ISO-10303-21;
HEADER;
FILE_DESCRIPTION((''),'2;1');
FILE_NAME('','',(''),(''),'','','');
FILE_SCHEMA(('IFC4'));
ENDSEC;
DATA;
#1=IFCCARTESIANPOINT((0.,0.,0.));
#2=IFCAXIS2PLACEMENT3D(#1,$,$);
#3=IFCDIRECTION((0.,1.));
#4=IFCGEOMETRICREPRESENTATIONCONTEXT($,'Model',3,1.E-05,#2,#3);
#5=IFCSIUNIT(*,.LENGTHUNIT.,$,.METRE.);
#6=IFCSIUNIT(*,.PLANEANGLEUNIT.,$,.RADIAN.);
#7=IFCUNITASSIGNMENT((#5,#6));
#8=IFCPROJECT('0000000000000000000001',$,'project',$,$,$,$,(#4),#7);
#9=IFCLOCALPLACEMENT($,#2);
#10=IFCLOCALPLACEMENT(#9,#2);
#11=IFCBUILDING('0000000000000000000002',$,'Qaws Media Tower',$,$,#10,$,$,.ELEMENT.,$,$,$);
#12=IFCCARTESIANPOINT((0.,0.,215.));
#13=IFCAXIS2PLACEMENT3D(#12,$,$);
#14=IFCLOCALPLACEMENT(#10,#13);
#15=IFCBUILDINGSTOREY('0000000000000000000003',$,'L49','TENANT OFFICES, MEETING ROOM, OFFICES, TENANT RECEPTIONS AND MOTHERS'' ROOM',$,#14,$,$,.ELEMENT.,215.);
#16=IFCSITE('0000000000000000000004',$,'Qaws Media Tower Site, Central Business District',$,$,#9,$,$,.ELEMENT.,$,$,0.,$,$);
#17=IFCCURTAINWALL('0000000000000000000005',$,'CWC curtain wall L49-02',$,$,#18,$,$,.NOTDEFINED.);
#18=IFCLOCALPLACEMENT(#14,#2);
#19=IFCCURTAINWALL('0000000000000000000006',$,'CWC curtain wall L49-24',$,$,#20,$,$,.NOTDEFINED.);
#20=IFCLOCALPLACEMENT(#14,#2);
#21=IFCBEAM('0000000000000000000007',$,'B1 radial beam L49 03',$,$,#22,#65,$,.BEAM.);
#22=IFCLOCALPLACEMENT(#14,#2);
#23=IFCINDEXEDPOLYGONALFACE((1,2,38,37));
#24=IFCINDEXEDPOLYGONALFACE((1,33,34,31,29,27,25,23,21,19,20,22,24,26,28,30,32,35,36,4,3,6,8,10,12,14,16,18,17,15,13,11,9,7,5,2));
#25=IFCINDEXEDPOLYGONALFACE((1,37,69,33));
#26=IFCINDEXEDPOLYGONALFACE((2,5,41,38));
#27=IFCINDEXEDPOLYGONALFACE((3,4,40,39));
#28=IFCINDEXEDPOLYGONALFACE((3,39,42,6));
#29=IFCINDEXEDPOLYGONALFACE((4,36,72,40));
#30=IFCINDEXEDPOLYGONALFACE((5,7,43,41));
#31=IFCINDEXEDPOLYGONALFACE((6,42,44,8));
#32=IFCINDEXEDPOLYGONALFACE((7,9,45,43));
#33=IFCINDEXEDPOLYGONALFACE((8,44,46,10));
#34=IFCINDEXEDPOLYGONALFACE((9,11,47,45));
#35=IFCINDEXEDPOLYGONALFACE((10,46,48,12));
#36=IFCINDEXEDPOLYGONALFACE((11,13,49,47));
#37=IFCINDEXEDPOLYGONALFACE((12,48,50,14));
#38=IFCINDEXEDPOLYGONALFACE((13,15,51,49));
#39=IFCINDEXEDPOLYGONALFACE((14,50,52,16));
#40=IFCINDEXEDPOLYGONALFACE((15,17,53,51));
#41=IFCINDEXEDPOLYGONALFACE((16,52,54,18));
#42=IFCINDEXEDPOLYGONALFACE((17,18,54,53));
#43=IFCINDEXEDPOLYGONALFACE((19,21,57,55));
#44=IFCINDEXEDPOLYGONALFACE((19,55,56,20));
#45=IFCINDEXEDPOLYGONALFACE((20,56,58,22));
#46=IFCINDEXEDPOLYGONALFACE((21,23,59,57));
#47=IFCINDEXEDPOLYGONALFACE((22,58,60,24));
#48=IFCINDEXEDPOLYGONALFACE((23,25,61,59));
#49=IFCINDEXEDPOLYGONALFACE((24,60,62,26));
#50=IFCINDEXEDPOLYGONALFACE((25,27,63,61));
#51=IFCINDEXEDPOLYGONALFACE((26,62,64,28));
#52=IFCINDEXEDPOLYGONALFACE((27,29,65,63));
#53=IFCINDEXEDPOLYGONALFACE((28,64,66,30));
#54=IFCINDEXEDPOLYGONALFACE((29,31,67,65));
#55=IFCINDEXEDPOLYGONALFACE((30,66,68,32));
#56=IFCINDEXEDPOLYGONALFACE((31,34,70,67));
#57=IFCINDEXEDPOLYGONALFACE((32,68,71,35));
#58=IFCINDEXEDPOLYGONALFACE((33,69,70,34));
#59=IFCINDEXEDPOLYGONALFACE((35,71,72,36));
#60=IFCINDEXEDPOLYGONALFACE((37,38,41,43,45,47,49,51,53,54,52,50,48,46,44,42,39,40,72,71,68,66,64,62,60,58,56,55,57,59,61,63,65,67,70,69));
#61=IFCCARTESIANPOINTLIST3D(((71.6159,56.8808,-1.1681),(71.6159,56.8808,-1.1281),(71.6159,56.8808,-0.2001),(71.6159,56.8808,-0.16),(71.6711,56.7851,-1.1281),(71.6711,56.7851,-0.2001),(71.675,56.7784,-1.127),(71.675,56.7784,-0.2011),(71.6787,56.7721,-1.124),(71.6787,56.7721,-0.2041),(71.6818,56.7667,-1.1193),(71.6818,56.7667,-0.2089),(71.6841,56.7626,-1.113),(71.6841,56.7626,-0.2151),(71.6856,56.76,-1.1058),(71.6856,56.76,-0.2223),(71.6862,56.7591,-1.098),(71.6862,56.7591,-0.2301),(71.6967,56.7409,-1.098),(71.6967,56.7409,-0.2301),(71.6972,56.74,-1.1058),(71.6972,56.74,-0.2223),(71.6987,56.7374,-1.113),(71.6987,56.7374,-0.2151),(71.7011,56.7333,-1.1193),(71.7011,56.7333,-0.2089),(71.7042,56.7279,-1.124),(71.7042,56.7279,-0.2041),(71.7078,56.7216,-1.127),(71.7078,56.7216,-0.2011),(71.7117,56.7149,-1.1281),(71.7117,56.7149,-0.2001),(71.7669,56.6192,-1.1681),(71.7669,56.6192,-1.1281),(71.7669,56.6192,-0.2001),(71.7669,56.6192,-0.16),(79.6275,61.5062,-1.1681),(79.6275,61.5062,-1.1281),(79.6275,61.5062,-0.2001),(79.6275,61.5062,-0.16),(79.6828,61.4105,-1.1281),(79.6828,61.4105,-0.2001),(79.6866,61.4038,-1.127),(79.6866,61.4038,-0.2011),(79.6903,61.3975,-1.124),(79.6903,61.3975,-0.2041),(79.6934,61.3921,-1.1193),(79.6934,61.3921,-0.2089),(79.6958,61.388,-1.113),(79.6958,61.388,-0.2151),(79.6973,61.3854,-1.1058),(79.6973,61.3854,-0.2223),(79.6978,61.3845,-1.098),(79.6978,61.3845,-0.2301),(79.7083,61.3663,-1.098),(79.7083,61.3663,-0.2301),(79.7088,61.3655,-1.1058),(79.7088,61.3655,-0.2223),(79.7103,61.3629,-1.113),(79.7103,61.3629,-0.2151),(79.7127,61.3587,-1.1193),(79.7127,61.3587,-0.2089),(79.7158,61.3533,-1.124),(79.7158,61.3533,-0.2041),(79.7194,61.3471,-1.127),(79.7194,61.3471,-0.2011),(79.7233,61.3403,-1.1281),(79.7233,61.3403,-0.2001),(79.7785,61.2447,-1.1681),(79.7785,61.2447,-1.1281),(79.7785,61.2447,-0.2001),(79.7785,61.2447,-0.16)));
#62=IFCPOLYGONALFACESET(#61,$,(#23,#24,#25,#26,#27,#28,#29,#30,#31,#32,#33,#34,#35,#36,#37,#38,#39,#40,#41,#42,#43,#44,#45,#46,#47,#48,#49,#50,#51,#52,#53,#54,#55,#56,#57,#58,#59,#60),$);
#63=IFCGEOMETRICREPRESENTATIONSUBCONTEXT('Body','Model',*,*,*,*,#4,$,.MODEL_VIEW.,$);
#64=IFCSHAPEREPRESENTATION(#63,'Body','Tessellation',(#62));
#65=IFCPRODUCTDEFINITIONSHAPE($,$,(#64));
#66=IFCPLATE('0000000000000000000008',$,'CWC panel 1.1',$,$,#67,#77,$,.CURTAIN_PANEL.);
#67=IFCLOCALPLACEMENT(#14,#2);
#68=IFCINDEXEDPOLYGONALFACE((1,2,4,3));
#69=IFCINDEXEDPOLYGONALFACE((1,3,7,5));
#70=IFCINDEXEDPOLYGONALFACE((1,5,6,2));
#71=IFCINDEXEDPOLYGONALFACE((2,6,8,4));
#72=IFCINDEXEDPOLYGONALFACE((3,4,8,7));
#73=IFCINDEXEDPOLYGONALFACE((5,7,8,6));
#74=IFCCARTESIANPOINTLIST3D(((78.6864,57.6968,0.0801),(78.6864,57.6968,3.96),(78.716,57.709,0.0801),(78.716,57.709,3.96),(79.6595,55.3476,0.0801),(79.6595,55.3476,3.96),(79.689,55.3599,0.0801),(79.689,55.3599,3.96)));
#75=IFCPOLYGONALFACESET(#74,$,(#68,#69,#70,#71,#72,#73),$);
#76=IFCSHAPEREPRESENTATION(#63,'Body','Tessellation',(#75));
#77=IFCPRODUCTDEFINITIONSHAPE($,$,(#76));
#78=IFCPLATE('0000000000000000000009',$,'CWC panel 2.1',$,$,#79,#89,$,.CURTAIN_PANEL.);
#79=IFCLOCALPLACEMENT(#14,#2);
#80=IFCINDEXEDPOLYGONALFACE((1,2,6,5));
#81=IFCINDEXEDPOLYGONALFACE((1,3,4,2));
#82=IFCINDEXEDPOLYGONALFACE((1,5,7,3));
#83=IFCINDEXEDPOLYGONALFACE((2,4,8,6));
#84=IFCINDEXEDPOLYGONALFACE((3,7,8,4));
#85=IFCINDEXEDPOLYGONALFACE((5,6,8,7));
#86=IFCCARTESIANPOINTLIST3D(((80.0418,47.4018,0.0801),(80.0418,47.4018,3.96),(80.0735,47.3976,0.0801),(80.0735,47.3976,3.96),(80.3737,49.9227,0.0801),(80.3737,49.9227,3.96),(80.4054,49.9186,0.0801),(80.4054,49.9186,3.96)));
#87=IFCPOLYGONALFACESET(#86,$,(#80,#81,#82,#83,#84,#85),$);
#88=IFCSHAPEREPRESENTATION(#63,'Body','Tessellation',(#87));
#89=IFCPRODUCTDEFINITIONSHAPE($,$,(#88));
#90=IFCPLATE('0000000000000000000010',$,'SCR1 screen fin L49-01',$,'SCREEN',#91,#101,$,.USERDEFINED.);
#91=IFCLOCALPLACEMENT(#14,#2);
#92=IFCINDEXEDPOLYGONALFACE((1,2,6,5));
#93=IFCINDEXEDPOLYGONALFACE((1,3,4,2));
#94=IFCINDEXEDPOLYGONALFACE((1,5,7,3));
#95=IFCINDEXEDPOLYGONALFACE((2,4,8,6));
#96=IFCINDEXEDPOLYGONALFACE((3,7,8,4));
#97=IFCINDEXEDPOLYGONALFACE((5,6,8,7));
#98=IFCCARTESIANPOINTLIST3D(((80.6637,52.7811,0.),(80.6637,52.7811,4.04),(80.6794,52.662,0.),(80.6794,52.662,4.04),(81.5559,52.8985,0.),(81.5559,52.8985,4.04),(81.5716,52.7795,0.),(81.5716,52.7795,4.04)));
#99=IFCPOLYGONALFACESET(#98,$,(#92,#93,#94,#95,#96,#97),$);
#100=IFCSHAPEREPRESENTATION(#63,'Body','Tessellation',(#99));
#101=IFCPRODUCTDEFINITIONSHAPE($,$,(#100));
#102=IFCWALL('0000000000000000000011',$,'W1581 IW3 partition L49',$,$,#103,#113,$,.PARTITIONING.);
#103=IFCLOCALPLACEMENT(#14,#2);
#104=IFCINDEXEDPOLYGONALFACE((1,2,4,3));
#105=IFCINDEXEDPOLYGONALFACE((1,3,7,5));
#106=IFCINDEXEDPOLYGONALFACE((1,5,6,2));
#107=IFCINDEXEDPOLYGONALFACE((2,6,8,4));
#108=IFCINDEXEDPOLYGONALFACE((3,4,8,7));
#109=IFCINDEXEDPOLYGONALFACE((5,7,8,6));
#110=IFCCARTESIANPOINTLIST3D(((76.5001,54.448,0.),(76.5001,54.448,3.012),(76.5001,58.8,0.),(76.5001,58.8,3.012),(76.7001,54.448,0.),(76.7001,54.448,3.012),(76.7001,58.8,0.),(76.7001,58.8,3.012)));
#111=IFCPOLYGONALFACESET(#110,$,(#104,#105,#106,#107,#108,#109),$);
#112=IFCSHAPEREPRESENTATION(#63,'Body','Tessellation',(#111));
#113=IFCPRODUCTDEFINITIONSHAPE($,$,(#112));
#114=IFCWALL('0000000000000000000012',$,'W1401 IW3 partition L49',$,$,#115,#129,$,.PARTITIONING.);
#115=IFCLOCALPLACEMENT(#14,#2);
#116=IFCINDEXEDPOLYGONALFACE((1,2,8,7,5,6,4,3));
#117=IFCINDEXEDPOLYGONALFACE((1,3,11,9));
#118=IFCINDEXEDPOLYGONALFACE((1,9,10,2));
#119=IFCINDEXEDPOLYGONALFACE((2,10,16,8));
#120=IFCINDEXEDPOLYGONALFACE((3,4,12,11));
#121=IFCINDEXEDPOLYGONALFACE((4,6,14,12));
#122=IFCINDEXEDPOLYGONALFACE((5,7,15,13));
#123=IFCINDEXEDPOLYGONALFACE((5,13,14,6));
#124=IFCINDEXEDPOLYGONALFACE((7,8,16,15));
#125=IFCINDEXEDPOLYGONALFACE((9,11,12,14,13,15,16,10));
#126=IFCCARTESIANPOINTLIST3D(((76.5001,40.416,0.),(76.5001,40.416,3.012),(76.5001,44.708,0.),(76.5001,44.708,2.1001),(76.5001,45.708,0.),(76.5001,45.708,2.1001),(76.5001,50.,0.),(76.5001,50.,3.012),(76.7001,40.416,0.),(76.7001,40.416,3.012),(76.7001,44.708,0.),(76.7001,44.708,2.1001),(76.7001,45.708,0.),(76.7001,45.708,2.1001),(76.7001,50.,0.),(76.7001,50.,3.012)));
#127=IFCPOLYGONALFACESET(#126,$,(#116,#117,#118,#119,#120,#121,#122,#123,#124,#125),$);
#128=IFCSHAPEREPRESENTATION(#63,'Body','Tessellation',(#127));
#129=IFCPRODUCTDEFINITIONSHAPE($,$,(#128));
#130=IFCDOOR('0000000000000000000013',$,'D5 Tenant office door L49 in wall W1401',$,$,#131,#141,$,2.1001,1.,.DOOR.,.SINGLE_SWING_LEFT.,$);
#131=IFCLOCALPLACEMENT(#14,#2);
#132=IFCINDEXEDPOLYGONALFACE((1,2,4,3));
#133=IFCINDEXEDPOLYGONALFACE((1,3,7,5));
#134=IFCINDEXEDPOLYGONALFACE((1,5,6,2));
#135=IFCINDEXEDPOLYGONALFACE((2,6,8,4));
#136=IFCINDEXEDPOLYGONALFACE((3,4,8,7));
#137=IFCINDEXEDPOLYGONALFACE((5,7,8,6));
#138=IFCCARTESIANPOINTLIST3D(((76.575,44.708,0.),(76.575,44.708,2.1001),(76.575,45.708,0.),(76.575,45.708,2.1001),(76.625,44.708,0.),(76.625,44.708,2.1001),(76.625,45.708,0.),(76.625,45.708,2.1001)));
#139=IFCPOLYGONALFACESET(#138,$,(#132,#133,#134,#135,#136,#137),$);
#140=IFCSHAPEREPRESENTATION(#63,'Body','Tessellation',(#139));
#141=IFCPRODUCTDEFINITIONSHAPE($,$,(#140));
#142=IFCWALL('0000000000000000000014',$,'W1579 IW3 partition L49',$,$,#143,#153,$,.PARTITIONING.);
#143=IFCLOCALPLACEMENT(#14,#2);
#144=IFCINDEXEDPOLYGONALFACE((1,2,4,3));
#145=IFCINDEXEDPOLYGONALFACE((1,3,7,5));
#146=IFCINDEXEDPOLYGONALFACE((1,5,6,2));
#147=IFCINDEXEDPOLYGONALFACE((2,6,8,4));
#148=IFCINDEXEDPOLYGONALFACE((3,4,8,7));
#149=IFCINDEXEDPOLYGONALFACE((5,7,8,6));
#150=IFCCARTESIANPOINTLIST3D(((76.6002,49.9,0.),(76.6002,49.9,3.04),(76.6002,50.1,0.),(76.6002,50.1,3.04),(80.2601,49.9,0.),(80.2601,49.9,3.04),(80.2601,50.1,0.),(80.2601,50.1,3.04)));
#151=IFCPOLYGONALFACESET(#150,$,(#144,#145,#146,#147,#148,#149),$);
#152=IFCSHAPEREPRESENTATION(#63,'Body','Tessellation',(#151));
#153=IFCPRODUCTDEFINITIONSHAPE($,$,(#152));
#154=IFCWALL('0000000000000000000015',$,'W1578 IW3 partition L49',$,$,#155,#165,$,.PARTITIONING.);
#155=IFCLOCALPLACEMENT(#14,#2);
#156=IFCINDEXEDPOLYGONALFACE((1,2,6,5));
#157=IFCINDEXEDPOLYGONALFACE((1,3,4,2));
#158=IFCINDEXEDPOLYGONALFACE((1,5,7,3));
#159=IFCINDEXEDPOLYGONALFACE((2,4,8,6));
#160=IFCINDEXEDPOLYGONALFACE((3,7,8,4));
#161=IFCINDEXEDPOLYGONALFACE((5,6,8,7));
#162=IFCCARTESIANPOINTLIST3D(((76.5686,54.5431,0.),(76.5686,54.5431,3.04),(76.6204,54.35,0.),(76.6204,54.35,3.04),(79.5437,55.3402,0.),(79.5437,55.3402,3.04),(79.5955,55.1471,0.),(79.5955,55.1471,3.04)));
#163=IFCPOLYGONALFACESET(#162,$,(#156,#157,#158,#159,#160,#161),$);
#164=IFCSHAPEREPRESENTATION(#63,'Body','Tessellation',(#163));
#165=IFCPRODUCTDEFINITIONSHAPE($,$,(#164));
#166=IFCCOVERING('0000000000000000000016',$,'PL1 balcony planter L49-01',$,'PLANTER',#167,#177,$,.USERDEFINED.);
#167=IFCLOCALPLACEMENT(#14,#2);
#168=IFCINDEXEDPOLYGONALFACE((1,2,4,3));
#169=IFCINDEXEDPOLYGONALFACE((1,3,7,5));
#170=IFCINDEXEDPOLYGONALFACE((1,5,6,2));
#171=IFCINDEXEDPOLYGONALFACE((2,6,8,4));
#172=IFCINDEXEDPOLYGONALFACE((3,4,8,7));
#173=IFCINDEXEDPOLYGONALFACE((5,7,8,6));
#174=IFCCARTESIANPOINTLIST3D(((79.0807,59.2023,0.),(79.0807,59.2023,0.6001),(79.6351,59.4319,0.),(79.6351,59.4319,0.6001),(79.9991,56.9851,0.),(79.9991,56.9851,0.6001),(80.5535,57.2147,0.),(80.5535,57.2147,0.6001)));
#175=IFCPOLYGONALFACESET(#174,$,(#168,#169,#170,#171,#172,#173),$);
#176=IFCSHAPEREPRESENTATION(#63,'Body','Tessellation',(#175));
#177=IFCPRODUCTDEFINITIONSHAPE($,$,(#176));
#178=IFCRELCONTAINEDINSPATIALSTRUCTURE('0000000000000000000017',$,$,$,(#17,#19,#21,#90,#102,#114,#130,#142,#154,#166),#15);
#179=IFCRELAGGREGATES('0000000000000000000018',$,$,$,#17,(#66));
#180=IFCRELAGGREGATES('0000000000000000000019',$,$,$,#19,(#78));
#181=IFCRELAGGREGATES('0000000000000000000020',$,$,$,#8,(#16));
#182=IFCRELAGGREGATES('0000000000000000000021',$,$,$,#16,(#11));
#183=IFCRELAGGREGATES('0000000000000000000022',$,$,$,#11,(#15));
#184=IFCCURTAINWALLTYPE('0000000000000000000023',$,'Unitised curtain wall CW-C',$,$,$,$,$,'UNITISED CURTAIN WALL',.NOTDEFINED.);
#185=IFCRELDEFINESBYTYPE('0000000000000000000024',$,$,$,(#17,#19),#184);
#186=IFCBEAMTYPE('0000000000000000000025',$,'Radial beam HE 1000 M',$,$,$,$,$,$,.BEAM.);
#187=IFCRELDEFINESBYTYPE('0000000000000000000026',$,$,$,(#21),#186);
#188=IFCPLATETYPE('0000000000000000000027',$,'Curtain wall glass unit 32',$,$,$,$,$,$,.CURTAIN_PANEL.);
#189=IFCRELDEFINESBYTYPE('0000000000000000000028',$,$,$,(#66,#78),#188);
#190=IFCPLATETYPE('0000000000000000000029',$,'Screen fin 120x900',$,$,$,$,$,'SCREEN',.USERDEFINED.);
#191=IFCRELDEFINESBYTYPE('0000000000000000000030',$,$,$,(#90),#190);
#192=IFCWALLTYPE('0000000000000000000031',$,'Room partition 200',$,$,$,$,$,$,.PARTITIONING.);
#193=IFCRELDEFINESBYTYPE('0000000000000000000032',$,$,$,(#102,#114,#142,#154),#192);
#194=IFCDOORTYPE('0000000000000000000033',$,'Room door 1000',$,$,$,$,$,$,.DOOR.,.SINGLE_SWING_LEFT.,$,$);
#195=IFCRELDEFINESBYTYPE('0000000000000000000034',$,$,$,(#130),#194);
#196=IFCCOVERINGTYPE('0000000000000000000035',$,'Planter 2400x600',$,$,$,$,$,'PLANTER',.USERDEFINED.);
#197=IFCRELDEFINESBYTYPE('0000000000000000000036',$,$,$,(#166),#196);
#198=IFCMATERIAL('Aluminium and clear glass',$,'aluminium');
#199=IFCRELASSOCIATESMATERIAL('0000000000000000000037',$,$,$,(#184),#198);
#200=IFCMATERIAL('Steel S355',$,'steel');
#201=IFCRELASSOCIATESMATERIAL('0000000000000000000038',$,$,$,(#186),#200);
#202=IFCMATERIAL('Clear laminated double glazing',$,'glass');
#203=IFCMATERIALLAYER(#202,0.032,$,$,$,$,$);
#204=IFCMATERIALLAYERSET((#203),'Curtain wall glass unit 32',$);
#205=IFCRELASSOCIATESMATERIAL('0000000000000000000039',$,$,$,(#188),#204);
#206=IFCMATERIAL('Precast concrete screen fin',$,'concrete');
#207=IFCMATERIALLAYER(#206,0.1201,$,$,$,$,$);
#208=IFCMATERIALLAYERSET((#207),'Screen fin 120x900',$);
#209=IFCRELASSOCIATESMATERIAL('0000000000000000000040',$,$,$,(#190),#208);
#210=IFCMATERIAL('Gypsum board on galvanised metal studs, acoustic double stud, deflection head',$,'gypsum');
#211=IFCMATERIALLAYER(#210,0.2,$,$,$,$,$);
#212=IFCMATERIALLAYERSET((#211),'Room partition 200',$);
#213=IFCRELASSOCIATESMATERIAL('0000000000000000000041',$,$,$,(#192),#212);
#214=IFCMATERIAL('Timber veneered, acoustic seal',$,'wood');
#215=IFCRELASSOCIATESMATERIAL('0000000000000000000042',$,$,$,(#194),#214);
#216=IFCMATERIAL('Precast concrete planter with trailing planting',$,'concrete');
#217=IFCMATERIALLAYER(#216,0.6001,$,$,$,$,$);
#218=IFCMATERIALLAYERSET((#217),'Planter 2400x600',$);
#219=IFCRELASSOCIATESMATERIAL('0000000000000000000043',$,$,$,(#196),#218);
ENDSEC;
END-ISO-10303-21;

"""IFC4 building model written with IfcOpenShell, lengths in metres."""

from ifc_helpers import new_model, si_unit, direction, frame, frame_2d, origin, origin_2d, place, context, subcontext, project, spatial, rectangle, i_section, extrude, material, layer, layer_set, material_profile, profile_set, type_object, element, fill, aggregate, save


model = new_model("IFC4")

# Units and contexts
model_context = context("Model", 3, precision=1e-05, world=origin(), true_north=direction((0.0, 1.0)))
body_context = subcontext(model_context, "Body", "Model", "MODEL_VIEW")
ifc_project = project(units=[si_unit("LENGTHUNIT", "METRE"), si_unit("PLANEANGLEUNIT", "RADIAN")], contexts=[model_context])

# Site, building, storey
site_placement = place(None, origin())
site = spatial("IfcSite", under=ifc_project, at=site_placement, Name="Qaws Media Tower Site, Central Business District", CompositionType="ELEMENT", RefElevation=0.0)
building_placement = place(site_placement, origin())
building = spatial("IfcBuilding", under=site, at=building_placement, Name="Qaws Media Tower", CompositionType="ELEMENT")
storey_placement = place(building_placement, frame((0.0, 0.0, 215.0)))
storey = spatial("IfcBuildingStorey", under=building, at=storey_placement, Name="L49", Description="TENANT OFFICES, MEETING ROOM, OFFICES, TENANT RECEPTIONS AND MOTHERS' ROOM", CompositionType="ELEMENT", Elevation=215.0)

# Curtain wall
ifc_material_1 = material(Name="Aluminium and clear glass", Category="aluminium")
curtain_wall_type = type_object("IfcCurtainWallType", Name="Unitised curtain wall CW-C", ElementType="UNITISED CURTAIN WALL", PredefinedType="NOTDEFINED", material=ifc_material_1)
curtain_wall_1_placement = place(storey_placement, origin())
curtain_wall_1 = element("IfcCurtainWall", 1, at=curtain_wall_1_placement, inside=storey, type_object=curtain_wall_type, Name="CWC curtain wall L49-02", PredefinedType="NOTDEFINED")

# Curtain wall
curtain_wall_2_placement = place(storey_placement, origin())
curtain_wall_2 = element("IfcCurtainWall", 2, at=curtain_wall_2_placement, inside=storey, type_object=curtain_wall_type, Name="CWC curtain wall L49-24", PredefinedType="NOTDEFINED")

# Beam
ifc_material_2 = material(Name="Steel S355", Category="steel")
ifc_material_profile_1 = material_profile(ifc_material_2, i_section(OverallWidth=0.302, OverallDepth=1.0081, WebThickness=0.021, FlangeThickness=0.04, FilletRadius=0.03, at=origin_2d()), Name="HE 1000 M")
ifc_profile_set_1 = profile_set([ifc_material_profile_1], Name="Steel S355")
beam_type_1 = type_object("IfcBeamType", Name="Radial beam HE 1000 M", PredefinedType="BEAM", material=ifc_profile_set_1)
beam_1_placement = place(storey_placement, frame((71.6914, 56.75, -0.6641), z_axis=(0.866029, 0.499994, 0.0), x_axis=(-0.499994, 0.866029, 0.0)))
element("IfcBeam", 3, at=beam_1_placement, inside=storey, type_object=beam_type_1, Name="B1 radial beam L49 03", PredefinedType="BEAM", context=body_context, shape_type="SweptSolid", body=[
    extrude(i_section(OverallWidth=0.302, OverallDepth=1.0081, WebThickness=0.021, FlangeThickness=0.04, FilletRadius=0.03, at=origin_2d()), origin(), (0.0, 0.0, 1.0), 9.251),
])

# Plates
ifc_material_3 = material(Name="Clear laminated double glazing", Category="glass")
ifc_layer_1 = layer(ifc_material_3, 0.032)
ifc_layer_set_1 = layer_set([ifc_layer_1], Name="Curtain wall glass unit 32")
plate_type_1 = type_object("IfcPlateType", Name="Curtain wall glass unit 32", PredefinedType="CURTAIN_PANEL", material=ifc_layer_set_1)
plate_1_placement = place(storey_placement, frame((79.1877, 56.5283, 0.0801), z_axis=(0.0, 0.0, 1.0), x_axis=(-0.382684, 0.923879, 0.0)))
plate_1 = element("IfcPlate", 4, at=plate_1_placement, type_object=plate_type_1, Name="CWC panel 1.1", PredefinedType="CURTAIN_PANEL", context=body_context, shape_type="SweptSolid", body=[
    extrude(rectangle(XDim=2.5427, YDim=0.032, at=origin_2d()), origin(), (0.0, 0.0, 1.0), 3.8799),
])
aggregate(curtain_wall_1, [plate_1])
plate_2_placement = place(storey_placement, frame((80.2236, 48.6602, 0.0801), z_axis=(0.0, 0.0, 1.0), x_axis=(0.130526, 0.991445, 0.0)))
plate_2 = element("IfcPlate", 5, at=plate_2_placement, type_object=plate_type_1, Name="CWC panel 2.1", PredefinedType="CURTAIN_PANEL", context=body_context, shape_type="SweptSolid", body=[
    extrude(rectangle(XDim=2.5427, YDim=0.032, at=origin_2d()), origin(), (0.0, 0.0, 1.0), 3.8799),
])
aggregate(curtain_wall_2, [plate_2])
ifc_material_4 = material(Name="Precast concrete screen fin", Category="concrete")
ifc_layer_2 = layer(ifc_material_4, 0.1201)
ifc_layer_set_2 = layer_set([ifc_layer_2], Name="Screen fin 120x900")
plate_type_2 = type_object("IfcPlateType", Name="Screen fin 120x900", ElementType="SCREEN", PredefinedType="USERDEFINED", material=ifc_layer_set_2)
plate_3_placement = place(storey_placement, frame((81.1177, 52.7803, 0.0), z_axis=(0.0, 0.0, 1.0), x_axis=(0.991445, 0.130526, 0.0)))
element("IfcPlate", 6, at=plate_3_placement, inside=storey, type_object=plate_type_2, Name="SCR1 screen fin L49-01", ObjectType="SCREEN", PredefinedType="USERDEFINED", context=body_context, shape_type="SweptSolid", body=[
    extrude(rectangle(XDim=0.8999, YDim=0.1201, at=origin_2d()), origin(), (0.0, 0.0, 1.0), 4.04),
])

# Wall
ifc_material_5 = material(Name="Gypsum board on galvanised metal studs, acoustic double stud, deflection head", Category="gypsum")
ifc_layer_3 = layer(ifc_material_5, 0.2)
ifc_layer_set_3 = layer_set([ifc_layer_3], Name="Room partition 200")
wall_type_1 = type_object("IfcWallType", Name="Room partition 200", PredefinedType="PARTITIONING", material=ifc_layer_set_3)
wall_1_placement = place(storey_placement, frame((76.6001, 58.8, 0.0), z_axis=(0.0, 0.0, 1.0), x_axis=(0.0, -1.0, 0.0)))
element("IfcWall", 7, at=wall_1_placement, inside=storey, type_object=wall_type_1, Name="W1581 IW3 partition L49", PredefinedType="PARTITIONING", context=body_context, shape_type="SweptSolid", body=[
    extrude(rectangle(XDim=4.3521, YDim=0.2, at=frame_2d((2.176, 0.0))), origin(), (0.0, 0.0, 1.0), 3.012),
])

# Wall, opening, door
wall_2_placement = place(storey_placement, frame((76.6001, 50.0, 0.0), z_axis=(0.0, 0.0, 1.0), x_axis=(0.0, -1.0, 0.0)))
wall_2 = element("IfcWall", 8, at=wall_2_placement, inside=storey, type_object=wall_type_1, Name="W1401 IW3 partition L49", PredefinedType="PARTITIONING", context=body_context, shape_type="SweptSolid", body=[
    extrude(rectangle(XDim=9.584, YDim=0.2, at=frame_2d((4.792, 0.0))), origin(), (0.0, 0.0, 1.0), 3.012),
])
opening_1_placement = place(wall_2_placement, frame((4.292, 0.0, 0.0)))
opening_1 = element("IfcOpeningElement", 9, at=opening_1_placement, cuts=wall_2, PredefinedType="OPENING", context=body_context, shape_type="SweptSolid", body=[
    extrude(rectangle(XDim=1.0, YDim=2.1001, at=frame_2d((0.5, 1.05))), frame((0.0, 0.1099, 0.0), z_axis=(0.0, -1.0, 0.0), x_axis=(1.0, 0.0, 0.0)), (0.0, 0.0, 1.0), 0.22),
])
ifc_material_6 = material(Name="Timber veneered, acoustic seal", Category="wood")
door_type_1 = type_object("IfcDoorType", Name="Room door 1000", OperationType="SINGLE_SWING_LEFT", PredefinedType="DOOR", material=ifc_material_6)
door_1_placement = place(opening_1_placement, origin())
door_1 = element("IfcDoor", 10, at=door_1_placement, inside=storey, type_object=door_type_1, Name="D5 Tenant office door L49 in wall W1401", OperationType="SINGLE_SWING_LEFT", OverallHeight=2.1001, OverallWidth=1.0, PredefinedType="DOOR", context=body_context, shape_type="SweptSolid", body=[
    extrude(rectangle(XDim=1.0, YDim=2.1001, at=frame_2d((0.5, 1.05))), frame((0.0, 0.0249, 0.0), z_axis=(0.0, -1.0, 0.0), x_axis=(1.0, 0.0, 0.0)), (0.0, 0.0, 1.0), 0.05),
])
fill(opening_1, door_1)

# Walls
wall_3_placement = place(storey_placement, frame((76.6001, 50.0, 0.0), z_axis=(0.0, 0.0, 1.0), x_axis=(1.0, 0.0, 0.0)))
element("IfcWall", 11, at=wall_3_placement, inside=storey, type_object=wall_type_1, Name="W1579 IW3 partition L49", PredefinedType="PARTITIONING", context=body_context, shape_type="SweptSolid", body=[
    extrude(rectangle(XDim=3.6599, YDim=0.2, at=frame_2d((1.8301, 0.0))), origin(), (0.0, 0.0, 1.0), 3.04),
])
wall_4_placement = place(storey_placement, frame((76.5945, 54.4465, 0.0), z_axis=(0.0, 0.0, 1.0), x_axis=(0.96593, 0.258802, 0.0)))
element("IfcWall", 12, at=wall_4_placement, inside=storey, type_object=wall_type_1, Name="W1578 IW3 partition L49", PredefinedType="PARTITIONING", context=body_context, shape_type="SweptSolid", body=[
    extrude(rectangle(XDim=3.0801, YDim=0.2, at=frame_2d((1.54, 0.0))), origin(), (0.0, 0.0, 1.0), 3.04),
])

# Covering
ifc_material_7 = material(Name="Precast concrete planter with trailing planting", Category="concrete")
ifc_layer_4 = layer(ifc_material_7, 0.6001)
ifc_layer_set_4 = layer_set([ifc_layer_4], Name="Planter 2400x600")
covering_type = type_object("IfcCoveringType", Name="Planter 2400x600", ElementType="PLANTER", PredefinedType="USERDEFINED", material=ifc_layer_set_4)
covering_placement = place(storey_placement, frame((79.8171, 58.2085, 0.0), z_axis=(0.0, 0.0, 1.0), x_axis=(-0.382683, 0.92388, 0.0)))
element("IfcCovering", 13, at=covering_placement, inside=storey, type_object=covering_type, Name="PL1 balcony planter L49-01", ObjectType="PLANTER", PredefinedType="USERDEFINED", context=body_context, shape_type="SweptSolid", body=[
    extrude(rectangle(XDim=2.3999, YDim=0.6001, at=origin_2d()), origin(), (0.0, 0.0, 1.0), 0.6001),
])

save(model, "model.ifc")
